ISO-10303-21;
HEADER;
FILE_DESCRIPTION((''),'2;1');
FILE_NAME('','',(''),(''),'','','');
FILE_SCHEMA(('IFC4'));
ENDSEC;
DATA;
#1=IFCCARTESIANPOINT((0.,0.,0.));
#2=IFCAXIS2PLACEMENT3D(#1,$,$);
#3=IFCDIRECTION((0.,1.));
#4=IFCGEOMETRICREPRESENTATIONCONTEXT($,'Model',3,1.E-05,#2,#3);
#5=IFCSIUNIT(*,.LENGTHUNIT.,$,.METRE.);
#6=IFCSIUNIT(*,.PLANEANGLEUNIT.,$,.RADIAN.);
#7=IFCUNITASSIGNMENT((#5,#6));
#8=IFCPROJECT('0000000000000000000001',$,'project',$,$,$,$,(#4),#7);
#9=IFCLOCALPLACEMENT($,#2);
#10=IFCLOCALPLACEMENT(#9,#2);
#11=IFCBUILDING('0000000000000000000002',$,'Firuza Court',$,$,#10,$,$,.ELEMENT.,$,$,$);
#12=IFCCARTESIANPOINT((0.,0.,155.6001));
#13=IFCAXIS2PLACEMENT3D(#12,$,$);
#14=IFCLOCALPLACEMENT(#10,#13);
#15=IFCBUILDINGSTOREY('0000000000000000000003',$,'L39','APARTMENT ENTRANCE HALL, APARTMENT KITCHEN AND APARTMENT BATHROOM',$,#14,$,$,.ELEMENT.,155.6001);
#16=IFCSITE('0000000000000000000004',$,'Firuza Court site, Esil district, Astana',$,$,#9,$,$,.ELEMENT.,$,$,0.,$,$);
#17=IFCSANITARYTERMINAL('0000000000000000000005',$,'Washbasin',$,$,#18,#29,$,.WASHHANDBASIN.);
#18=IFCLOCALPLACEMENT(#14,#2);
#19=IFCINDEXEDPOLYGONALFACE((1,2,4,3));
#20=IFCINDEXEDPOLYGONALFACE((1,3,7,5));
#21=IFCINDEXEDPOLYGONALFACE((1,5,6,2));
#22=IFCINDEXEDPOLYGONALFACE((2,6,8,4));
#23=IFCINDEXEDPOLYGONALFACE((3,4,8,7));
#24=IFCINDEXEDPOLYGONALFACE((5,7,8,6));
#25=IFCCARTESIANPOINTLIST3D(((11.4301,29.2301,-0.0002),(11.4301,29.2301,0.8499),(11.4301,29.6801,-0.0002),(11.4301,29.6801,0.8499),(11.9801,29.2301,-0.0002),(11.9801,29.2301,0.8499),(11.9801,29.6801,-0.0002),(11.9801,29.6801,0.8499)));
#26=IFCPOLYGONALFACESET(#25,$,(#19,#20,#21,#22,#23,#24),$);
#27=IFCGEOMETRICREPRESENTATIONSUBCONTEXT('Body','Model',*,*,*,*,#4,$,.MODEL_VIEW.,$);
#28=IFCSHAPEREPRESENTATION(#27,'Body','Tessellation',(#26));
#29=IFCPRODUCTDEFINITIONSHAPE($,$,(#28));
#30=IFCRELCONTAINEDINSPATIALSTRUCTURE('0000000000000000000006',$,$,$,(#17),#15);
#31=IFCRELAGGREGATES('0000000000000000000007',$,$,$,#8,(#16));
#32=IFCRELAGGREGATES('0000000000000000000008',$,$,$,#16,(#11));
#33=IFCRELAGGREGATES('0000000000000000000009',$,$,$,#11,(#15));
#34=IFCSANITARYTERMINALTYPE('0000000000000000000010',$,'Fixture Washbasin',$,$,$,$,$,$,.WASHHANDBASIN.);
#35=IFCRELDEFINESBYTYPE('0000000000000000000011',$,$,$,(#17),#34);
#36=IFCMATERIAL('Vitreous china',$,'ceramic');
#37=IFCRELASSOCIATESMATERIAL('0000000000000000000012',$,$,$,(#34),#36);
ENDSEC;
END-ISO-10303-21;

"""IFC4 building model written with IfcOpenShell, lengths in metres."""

from ifc_helpers import new_model, si_unit, direction, frame, origin, origin_2d, place, context, subcontext, project, spatial, rectangle, extrude, material, type_object, element, save


model = new_model("IFC4")

# Units and contexts
model_context = context("Model", 3, precision=1e-05, world=origin(), true_north=direction((0.0, 1.0)))
body_context = subcontext(model_context, "Body", "Model", "MODEL_VIEW")
ifc_project = project(units=[si_unit("LENGTHUNIT", "METRE"), si_unit("PLANEANGLEUNIT", "RADIAN")], contexts=[model_context])

# Site, building, storey
site_placement = place(None, origin())
site = spatial("IfcSite", under=ifc_project, at=site_placement, Name="Firuza Court site, Esil district, Astana", CompositionType="ELEMENT", RefElevation=0.0)
building_placement = place(site_placement, origin())
building = spatial("IfcBuilding", under=site, at=building_placement, Name="Firuza Court", CompositionType="ELEMENT")
storey_placement = place(building_placement, frame((0.0, 0.0, 155.6001)))
storey = spatial("IfcBuildingStorey", under=building, at=storey_placement, Name="L39", Description="APARTMENT ENTRANCE HALL, APARTMENT KITCHEN AND APARTMENT BATHROOM", CompositionType="ELEMENT", Elevation=155.6001)

# Sanitary terminal
ifc_material_1 = material(Name="Vitreous china", Category="ceramic")
sanitary_terminal_type_1 = type_object("IfcSanitaryTerminalType", Name="Fixture Washbasin", PredefinedType="WASHHANDBASIN", material=ifc_material_1)
sanitary_terminal_1_placement = place(storey_placement, frame((11.7051, 29.4551, -0.0002), z_axis=(0.0, 0.0, 1.0), x_axis=(1.0, 0.0, 0.0)))
element("IfcSanitaryTerminal", 1, at=sanitary_terminal_1_placement, inside=storey, type_object=sanitary_terminal_type_1, Name="Washbasin", PredefinedType="WASHHANDBASIN", context=body_context, shape_type="SweptSolid", body=[
    extrude(rectangle(XDim=0.55, YDim=0.45, at=origin_2d()), origin(), (0.0, 0.0, 1.0), 0.8501),
])

save(model, "model.ifc")
